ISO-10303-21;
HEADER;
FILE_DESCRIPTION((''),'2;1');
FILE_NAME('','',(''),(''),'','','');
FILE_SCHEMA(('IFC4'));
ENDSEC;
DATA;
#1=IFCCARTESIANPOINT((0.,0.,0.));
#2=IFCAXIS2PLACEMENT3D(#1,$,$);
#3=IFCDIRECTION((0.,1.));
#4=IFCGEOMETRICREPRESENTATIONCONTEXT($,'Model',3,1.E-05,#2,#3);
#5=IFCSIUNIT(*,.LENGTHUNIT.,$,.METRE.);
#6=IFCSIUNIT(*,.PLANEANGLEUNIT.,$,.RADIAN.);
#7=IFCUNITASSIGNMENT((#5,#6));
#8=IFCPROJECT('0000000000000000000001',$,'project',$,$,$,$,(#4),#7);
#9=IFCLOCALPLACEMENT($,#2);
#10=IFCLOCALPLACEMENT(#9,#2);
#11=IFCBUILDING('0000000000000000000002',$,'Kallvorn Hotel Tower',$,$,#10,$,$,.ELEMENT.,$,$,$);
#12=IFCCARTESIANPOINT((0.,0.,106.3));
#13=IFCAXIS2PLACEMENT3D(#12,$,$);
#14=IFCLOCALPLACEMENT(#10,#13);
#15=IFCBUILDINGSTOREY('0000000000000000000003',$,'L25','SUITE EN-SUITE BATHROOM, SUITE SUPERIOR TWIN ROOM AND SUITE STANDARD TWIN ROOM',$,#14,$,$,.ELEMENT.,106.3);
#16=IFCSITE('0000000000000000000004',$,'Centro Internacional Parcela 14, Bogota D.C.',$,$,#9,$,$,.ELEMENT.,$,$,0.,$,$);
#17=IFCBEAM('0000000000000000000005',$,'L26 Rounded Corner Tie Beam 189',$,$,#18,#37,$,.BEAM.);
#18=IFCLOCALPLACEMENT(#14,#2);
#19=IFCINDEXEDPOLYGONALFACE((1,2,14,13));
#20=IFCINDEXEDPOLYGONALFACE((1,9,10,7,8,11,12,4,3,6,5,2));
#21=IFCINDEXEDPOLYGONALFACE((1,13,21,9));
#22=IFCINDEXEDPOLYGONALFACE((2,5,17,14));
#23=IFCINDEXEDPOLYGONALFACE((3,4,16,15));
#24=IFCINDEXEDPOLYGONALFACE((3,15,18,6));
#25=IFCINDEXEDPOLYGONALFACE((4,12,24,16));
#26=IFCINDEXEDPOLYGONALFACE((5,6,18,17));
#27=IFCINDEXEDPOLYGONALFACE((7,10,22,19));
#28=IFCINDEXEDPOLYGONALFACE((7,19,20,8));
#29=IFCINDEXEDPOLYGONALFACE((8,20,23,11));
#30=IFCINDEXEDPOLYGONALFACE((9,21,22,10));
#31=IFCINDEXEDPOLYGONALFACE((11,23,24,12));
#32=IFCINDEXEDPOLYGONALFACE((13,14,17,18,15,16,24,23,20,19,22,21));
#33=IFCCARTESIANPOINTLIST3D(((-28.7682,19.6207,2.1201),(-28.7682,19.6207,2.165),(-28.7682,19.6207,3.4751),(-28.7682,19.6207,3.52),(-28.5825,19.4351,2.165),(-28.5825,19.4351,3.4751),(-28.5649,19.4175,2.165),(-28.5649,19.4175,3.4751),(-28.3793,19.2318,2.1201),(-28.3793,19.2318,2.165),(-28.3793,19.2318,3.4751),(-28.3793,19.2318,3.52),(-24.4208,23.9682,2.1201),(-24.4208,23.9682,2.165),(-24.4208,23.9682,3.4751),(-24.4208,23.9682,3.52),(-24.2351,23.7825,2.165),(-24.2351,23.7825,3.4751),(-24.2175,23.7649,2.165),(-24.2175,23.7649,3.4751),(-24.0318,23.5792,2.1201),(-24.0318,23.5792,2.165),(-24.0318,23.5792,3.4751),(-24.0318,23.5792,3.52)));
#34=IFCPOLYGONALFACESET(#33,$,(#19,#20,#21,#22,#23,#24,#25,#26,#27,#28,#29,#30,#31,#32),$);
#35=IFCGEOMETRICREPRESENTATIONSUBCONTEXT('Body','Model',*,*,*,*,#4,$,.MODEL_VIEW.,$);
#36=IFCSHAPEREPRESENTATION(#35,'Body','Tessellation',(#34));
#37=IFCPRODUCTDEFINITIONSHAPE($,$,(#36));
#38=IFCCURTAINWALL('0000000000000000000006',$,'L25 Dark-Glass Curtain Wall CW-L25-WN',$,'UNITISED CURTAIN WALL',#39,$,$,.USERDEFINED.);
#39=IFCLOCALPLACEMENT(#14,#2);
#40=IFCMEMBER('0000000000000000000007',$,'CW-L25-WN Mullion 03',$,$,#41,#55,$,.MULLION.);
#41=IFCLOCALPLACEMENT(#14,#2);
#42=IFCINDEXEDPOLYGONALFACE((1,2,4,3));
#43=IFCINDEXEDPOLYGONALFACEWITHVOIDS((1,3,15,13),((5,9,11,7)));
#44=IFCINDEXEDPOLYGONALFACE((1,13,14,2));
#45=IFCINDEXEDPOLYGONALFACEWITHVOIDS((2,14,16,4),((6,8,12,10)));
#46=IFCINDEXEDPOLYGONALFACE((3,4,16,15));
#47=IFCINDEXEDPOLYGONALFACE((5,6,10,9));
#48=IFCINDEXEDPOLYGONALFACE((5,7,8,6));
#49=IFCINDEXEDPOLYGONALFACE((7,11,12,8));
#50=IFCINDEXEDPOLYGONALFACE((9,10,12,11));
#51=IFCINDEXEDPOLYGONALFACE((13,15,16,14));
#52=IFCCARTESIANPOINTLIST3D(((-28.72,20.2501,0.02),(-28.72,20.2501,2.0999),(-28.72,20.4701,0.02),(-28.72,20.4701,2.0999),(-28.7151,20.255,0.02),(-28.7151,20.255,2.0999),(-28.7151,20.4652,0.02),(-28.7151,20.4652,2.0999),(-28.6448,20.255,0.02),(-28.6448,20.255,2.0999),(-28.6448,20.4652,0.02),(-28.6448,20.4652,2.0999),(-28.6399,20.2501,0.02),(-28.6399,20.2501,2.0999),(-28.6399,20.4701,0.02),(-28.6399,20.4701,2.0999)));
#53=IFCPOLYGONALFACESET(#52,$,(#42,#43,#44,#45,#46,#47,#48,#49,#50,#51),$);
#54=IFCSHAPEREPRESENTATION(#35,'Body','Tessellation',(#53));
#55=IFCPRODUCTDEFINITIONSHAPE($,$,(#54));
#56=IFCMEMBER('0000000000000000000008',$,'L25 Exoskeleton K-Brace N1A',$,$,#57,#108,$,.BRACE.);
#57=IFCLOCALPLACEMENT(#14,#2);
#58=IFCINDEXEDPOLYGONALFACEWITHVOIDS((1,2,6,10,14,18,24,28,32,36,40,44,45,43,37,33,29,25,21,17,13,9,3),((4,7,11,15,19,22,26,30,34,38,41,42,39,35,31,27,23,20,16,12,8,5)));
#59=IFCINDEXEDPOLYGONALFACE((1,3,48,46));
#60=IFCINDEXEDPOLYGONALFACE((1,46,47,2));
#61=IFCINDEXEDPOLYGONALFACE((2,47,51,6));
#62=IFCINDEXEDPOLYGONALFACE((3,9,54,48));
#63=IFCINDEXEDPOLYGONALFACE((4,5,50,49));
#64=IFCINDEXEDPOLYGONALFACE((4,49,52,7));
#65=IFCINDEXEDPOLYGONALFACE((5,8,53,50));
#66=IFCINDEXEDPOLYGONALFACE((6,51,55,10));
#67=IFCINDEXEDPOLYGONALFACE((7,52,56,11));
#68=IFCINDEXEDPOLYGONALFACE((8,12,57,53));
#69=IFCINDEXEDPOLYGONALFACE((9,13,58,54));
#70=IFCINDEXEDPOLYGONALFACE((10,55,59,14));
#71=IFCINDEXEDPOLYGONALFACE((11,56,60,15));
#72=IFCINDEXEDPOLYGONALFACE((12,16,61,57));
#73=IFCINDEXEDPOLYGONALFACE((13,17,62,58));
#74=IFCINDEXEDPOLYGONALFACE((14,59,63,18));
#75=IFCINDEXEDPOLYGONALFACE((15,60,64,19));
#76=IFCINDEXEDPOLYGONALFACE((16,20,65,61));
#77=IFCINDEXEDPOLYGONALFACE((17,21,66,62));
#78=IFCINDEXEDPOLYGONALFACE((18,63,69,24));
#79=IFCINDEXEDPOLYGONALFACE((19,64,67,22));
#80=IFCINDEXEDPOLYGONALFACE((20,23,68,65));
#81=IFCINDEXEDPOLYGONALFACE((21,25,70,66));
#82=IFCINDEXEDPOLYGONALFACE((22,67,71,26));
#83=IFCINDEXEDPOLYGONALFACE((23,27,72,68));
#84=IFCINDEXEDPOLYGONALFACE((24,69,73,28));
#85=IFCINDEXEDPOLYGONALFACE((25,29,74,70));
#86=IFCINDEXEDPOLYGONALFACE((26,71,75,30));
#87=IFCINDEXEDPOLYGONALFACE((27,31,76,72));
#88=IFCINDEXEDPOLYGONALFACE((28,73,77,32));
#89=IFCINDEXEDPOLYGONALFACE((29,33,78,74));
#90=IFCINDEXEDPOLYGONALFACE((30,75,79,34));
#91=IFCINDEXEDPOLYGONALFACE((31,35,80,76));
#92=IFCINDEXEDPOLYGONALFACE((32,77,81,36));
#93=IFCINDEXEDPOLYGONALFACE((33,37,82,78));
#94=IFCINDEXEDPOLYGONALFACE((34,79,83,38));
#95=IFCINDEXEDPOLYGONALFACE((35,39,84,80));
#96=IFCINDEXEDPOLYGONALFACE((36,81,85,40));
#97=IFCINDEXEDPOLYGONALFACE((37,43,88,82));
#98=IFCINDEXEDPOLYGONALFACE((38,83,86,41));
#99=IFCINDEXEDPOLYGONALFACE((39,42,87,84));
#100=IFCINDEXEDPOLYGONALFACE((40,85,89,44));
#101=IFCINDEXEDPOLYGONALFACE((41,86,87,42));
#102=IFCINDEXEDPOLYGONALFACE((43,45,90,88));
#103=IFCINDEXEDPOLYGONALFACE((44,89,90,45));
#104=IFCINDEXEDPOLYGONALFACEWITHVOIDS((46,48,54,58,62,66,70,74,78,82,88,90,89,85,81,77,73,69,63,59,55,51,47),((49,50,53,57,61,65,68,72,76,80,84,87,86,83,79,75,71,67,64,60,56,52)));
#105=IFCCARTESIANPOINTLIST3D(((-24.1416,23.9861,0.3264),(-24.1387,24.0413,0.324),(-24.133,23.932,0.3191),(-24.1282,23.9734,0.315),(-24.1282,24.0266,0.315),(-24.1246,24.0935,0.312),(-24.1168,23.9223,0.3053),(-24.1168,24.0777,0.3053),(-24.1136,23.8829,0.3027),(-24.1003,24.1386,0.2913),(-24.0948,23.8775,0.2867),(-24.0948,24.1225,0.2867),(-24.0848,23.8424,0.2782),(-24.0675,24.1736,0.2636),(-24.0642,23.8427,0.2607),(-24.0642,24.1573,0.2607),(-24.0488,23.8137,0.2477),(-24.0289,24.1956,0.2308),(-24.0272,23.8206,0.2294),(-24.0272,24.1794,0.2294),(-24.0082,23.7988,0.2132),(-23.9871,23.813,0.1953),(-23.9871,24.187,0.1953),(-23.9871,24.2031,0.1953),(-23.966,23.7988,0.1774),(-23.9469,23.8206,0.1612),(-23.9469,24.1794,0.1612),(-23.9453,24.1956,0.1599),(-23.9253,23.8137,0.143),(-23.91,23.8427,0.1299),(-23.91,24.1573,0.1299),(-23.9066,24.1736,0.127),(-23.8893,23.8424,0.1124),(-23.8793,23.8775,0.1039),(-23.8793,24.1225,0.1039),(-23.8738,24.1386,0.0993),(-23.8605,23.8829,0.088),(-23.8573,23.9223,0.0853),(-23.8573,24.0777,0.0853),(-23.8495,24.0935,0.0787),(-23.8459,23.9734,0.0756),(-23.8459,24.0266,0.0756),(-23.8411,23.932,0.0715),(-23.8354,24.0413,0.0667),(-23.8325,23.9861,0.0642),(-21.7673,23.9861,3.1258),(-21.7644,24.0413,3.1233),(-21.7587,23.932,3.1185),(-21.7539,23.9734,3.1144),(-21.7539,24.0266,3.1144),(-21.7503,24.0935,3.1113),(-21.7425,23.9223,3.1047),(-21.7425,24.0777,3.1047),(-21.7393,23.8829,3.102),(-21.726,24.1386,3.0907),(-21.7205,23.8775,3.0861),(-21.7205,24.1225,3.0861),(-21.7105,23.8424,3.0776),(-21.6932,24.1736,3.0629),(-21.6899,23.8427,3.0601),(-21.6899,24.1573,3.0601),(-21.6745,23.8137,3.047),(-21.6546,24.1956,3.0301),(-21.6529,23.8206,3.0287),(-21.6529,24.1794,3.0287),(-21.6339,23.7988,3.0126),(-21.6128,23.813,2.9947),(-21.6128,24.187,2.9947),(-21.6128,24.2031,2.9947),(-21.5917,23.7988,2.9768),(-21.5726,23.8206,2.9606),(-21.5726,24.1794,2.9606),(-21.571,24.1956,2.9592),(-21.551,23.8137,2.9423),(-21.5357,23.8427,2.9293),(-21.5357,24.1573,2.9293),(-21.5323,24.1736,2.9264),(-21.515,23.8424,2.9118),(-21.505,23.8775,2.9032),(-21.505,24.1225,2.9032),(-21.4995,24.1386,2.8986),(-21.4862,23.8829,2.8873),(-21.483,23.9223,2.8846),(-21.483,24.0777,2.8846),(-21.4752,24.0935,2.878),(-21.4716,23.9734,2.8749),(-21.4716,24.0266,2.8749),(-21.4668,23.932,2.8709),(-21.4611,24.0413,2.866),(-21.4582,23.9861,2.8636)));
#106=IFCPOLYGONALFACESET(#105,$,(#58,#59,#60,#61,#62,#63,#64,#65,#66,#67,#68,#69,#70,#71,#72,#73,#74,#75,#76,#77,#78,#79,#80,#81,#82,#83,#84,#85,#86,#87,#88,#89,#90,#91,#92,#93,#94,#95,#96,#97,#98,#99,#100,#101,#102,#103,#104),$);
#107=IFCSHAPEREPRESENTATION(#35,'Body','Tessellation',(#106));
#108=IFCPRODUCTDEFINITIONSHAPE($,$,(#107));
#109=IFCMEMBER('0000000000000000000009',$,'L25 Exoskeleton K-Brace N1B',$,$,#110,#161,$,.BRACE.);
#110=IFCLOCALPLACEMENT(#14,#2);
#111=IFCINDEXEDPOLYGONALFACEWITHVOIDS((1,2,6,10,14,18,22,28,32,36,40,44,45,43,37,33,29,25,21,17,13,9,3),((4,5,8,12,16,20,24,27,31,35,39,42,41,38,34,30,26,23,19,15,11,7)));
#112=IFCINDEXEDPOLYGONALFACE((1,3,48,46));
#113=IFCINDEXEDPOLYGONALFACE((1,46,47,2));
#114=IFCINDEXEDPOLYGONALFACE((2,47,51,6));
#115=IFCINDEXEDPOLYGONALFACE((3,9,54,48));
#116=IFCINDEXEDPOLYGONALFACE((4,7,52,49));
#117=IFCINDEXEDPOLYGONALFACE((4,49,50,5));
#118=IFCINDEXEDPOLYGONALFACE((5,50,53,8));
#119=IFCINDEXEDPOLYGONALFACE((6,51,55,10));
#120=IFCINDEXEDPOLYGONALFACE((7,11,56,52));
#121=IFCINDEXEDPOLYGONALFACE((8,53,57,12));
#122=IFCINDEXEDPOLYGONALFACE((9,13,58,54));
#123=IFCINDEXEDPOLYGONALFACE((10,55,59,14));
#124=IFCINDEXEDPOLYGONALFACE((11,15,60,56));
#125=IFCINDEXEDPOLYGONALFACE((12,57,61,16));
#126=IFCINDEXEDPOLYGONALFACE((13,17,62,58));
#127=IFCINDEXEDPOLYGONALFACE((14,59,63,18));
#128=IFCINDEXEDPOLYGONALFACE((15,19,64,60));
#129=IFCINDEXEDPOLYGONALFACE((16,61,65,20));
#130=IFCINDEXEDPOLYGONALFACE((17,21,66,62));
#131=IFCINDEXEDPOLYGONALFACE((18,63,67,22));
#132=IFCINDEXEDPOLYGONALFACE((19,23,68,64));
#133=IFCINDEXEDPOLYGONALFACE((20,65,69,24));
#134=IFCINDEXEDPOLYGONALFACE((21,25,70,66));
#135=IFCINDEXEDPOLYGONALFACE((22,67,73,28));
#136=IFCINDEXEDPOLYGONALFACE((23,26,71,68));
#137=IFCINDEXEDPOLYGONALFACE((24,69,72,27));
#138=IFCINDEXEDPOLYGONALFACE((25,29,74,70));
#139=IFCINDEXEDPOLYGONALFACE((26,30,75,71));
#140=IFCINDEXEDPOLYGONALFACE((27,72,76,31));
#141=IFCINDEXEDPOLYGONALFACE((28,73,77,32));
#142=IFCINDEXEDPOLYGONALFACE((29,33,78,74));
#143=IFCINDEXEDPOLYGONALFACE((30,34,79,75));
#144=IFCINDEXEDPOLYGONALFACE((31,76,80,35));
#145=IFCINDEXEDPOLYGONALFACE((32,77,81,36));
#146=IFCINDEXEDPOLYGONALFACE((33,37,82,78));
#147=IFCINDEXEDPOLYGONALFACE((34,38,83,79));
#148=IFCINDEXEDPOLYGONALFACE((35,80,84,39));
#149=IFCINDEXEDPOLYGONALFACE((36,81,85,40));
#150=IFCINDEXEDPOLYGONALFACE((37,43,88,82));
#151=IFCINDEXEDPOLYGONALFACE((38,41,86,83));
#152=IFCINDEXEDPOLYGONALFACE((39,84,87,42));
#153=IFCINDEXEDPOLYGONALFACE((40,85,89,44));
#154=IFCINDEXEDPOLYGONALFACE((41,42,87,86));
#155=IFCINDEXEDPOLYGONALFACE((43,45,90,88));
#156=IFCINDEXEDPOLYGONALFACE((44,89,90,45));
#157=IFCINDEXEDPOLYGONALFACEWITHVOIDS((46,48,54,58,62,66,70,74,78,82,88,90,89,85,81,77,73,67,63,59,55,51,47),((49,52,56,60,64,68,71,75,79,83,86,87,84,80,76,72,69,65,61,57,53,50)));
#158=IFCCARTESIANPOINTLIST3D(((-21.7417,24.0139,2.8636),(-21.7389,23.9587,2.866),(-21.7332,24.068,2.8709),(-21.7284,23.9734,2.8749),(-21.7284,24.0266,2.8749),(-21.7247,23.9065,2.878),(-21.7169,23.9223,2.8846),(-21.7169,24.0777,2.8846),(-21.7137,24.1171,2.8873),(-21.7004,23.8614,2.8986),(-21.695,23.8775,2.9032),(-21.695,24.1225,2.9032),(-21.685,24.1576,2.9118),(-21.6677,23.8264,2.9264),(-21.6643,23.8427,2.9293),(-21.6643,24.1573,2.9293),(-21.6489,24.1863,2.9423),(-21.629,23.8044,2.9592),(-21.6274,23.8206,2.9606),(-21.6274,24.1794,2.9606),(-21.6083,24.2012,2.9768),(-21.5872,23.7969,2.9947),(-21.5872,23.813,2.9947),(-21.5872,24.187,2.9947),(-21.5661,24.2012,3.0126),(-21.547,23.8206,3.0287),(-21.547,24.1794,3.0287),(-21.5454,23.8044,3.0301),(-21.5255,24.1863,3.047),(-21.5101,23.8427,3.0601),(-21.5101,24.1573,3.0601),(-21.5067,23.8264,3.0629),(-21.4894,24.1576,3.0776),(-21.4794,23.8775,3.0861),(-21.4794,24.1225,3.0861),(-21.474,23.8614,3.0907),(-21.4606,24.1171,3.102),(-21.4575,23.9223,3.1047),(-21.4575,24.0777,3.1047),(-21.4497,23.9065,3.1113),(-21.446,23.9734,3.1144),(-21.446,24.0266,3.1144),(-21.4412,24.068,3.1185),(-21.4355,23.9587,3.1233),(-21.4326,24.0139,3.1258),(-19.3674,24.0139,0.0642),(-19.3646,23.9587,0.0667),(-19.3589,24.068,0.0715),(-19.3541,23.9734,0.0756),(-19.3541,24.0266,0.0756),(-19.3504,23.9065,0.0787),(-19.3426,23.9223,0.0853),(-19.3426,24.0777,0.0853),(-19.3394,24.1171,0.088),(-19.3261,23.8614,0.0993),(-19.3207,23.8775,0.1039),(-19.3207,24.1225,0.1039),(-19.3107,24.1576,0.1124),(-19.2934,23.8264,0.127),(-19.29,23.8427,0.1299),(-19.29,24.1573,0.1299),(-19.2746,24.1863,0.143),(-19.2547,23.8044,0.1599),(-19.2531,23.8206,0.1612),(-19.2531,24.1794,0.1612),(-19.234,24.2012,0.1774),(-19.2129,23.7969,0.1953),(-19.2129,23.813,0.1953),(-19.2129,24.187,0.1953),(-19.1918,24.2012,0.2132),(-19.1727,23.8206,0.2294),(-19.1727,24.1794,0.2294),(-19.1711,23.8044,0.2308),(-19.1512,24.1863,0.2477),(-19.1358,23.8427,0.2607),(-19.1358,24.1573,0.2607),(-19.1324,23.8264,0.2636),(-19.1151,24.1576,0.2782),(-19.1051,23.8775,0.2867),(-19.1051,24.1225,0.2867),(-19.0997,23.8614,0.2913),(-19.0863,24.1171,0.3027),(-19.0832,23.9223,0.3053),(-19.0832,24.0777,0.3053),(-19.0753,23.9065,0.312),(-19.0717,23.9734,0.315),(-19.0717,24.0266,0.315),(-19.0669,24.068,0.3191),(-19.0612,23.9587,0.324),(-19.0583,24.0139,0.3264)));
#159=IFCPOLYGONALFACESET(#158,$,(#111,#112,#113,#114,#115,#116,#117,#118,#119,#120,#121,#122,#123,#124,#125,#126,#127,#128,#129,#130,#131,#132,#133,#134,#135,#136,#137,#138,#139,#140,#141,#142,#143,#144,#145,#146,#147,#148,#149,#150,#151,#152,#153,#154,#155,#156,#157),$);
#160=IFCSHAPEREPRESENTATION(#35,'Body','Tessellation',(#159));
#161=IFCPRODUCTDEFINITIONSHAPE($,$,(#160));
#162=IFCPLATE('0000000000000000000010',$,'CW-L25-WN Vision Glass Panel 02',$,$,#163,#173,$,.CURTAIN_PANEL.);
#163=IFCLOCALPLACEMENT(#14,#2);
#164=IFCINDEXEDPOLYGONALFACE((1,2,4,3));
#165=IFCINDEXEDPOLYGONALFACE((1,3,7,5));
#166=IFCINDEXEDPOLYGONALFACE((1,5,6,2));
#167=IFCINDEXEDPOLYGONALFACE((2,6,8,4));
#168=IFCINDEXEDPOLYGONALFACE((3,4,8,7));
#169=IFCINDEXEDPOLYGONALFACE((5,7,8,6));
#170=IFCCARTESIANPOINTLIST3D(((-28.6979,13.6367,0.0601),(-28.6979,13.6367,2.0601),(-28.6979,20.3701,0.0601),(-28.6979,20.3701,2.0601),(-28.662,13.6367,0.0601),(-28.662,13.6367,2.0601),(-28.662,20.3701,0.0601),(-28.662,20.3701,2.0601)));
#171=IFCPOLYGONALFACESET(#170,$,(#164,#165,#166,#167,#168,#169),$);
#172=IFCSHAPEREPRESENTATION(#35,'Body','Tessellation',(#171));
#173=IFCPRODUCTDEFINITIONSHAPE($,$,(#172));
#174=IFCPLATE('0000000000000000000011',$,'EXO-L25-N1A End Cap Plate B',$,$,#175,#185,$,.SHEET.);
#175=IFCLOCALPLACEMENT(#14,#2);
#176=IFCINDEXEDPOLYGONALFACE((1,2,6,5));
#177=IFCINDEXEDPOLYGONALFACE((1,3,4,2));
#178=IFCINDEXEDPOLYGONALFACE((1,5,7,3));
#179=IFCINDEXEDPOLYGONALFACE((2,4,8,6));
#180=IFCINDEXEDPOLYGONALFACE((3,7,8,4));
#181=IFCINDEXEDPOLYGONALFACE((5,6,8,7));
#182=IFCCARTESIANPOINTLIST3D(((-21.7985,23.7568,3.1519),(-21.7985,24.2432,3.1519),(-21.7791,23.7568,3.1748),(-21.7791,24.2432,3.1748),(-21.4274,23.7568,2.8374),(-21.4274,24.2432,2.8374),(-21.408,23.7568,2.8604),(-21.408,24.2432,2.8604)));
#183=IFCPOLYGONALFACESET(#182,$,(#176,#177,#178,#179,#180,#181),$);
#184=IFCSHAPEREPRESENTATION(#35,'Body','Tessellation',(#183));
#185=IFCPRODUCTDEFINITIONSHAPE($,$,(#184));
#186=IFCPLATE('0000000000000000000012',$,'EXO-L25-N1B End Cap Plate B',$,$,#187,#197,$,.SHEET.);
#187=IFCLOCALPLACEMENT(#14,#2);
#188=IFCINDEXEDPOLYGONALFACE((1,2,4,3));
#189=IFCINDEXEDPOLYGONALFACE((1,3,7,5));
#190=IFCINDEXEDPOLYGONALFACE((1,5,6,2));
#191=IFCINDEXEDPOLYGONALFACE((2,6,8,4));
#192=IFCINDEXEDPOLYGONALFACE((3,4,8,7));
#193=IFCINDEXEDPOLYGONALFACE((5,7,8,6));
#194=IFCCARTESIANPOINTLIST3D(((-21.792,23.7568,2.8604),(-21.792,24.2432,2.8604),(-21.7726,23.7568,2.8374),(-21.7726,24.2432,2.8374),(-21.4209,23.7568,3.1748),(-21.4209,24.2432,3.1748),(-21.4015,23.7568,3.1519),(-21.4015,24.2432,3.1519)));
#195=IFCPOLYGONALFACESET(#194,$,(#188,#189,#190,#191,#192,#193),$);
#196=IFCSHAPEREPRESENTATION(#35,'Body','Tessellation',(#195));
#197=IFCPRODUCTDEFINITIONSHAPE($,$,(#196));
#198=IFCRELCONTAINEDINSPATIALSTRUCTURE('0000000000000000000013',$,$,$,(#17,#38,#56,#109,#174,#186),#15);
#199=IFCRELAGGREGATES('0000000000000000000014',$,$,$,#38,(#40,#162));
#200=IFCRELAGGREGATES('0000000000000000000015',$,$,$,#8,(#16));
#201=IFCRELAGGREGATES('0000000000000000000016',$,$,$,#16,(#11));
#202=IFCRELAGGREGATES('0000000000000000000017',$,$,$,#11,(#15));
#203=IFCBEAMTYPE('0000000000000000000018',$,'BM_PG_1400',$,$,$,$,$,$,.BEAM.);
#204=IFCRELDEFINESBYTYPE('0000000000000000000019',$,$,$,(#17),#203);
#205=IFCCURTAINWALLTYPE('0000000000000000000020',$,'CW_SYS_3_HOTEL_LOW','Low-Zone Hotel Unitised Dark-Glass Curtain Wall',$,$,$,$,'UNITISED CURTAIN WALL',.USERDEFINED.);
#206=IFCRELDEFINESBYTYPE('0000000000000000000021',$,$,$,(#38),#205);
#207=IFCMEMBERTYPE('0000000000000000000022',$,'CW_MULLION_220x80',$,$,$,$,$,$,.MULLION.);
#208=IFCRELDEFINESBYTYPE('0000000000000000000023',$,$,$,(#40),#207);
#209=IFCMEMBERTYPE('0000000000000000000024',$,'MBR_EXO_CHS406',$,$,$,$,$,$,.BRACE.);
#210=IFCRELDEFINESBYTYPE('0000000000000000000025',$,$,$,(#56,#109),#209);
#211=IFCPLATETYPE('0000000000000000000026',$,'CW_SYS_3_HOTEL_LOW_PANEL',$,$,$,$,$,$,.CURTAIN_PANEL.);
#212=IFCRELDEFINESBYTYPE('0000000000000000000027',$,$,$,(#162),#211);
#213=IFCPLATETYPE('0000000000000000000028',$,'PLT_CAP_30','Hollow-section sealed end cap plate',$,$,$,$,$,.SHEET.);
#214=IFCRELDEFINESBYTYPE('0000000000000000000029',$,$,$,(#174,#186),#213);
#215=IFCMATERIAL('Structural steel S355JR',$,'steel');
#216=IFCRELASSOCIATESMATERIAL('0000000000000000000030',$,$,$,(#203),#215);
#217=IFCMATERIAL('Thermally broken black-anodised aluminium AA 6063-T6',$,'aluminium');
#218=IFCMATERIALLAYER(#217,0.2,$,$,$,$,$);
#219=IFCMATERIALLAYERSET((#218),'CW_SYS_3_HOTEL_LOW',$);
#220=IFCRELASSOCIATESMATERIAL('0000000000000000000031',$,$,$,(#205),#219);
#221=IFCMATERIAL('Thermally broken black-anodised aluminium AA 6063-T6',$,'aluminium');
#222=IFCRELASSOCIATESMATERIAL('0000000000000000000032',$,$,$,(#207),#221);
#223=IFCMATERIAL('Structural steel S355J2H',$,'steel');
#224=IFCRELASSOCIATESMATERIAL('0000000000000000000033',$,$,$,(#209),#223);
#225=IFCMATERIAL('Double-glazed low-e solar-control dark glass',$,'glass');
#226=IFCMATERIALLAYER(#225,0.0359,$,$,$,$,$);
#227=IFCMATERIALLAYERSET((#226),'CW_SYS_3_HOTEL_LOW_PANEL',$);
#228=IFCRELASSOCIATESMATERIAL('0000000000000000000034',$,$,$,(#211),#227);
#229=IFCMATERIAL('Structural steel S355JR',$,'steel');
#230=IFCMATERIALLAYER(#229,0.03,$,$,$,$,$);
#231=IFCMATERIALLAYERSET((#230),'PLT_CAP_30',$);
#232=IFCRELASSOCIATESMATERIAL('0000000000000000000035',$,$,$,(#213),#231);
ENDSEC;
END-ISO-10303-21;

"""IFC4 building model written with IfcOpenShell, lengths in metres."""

from ifc_helpers import new_model, si_unit, direction, frame, origin, origin_2d, place, context, subcontext, project, spatial, polyline, rectangle, hollow_rectangle, hollow_circle, i_section, outline, extrude, material, layer, layer_set, material_profile, profile_set, type_object, element, aggregate, save


model = new_model("IFC4")

# Units and contexts
model_context = context("Model", 3, precision=1e-05, world=origin(), true_north=direction((0.0, 1.0)))
body_context = subcontext(model_context, "Body", "Model", "MODEL_VIEW")
ifc_project = project(units=[si_unit("LENGTHUNIT", "METRE"), si_unit("PLANEANGLEUNIT", "RADIAN")], contexts=[model_context])

# Site, building, storey
site_placement = place(None, origin())
site = spatial("IfcSite", under=ifc_project, at=site_placement, Name="Centro Internacional Parcela 14, Bogota D.C.", CompositionType="ELEMENT", RefElevation=0.0)
building_placement = place(site_placement, origin())
building = spatial("IfcBuilding", under=site, at=building_placement, Name="Kallvorn Hotel Tower", CompositionType="ELEMENT")
storey_placement = place(building_placement, frame((0.0, 0.0, 106.3)))
storey = spatial("IfcBuildingStorey", under=building, at=storey_placement, Name="L25", Description="SUITE EN-SUITE BATHROOM, SUITE SUPERIOR TWIN ROOM AND SUITE STANDARD TWIN ROOM", CompositionType="ELEMENT", Elevation=106.3)

# Beam
ifc_material_1 = material(Name="Structural steel S355JR", Category="steel")
ifc_material_profile_1 = material_profile(ifc_material_1, i_section(OverallWidth=0.55, OverallDepth=1.3999, WebThickness=0.0249, FlangeThickness=0.0449, at=origin_2d()), Name="PG 1400x550x25x45")
ifc_profile_set_1 = profile_set([ifc_material_profile_1], Name="Structural steel S355JR")
beam_type_1 = type_object("IfcBeamType", Name="BM_PG_1400", PredefinedType="BEAM", material=ifc_profile_set_1)
beam_1_placement = place(storey_placement, frame((-28.5737, 19.4263, 2.8201), z_axis=(0.707107, 0.707107, 0.0), x_axis=(-0.707107, 0.707107, 0.0)))
element("IfcBeam", 1, at=beam_1_placement, inside=storey, type_object=beam_type_1, Name="L26 Rounded Corner Tie Beam 189", PredefinedType="BEAM", context=body_context, shape_type="SweptSolid", body=[
    extrude(i_section(OverallWidth=0.55, OverallDepth=1.3999, WebThickness=0.0249, FlangeThickness=0.0449, at=origin_2d()), origin(), (0.0, 0.0, 1.0), 6.1482),
])

# Curtain wall, member
ifc_material_2 = material(Name="Thermally broken black-anodised aluminium AA 6063-T6", Category="aluminium")
ifc_layer_1 = layer(ifc_material_2, 0.2)
ifc_layer_set_1 = layer_set([ifc_layer_1], Name="CW_SYS_3_HOTEL_LOW")
curtain_wall_type = type_object("IfcCurtainWallType", Name="CW_SYS_3_HOTEL_LOW", Description="Low-Zone Hotel Unitised Dark-Glass Curtain Wall", ElementType="UNITISED CURTAIN WALL", PredefinedType="USERDEFINED", material=ifc_layer_set_1)
curtain_wall_placement = place(storey_placement, origin())
curtain_wall = element("IfcCurtainWall", 2, at=curtain_wall_placement, inside=storey, type_object=curtain_wall_type, Name="L25 Dark-Glass Curtain Wall CW-L25-WN", ObjectType="UNITISED CURTAIN WALL", PredefinedType="USERDEFINED")
ifc_material_3 = material(Name="Thermally broken black-anodised aluminium AA 6063-T6", Category="aluminium")
ifc_material_profile_2 = material_profile(ifc_material_3, hollow_rectangle(XDim=0.0801, YDim=0.22, WallThickness=0.0049, at=origin_2d()), Name="MUL 220x80")
ifc_profile_set_2 = profile_set([ifc_material_profile_2], Name="Thermally broken black-anodised aluminium AA 6063-T6")
member_type_1 = type_object("IfcMemberType", Name="CW_MULLION_220x80", PredefinedType="MULLION", material=ifc_profile_set_2)
member_placement = place(storey_placement, frame((-28.6799, 20.3601, 0.02), z_axis=(0.0, 0.0, 1.0), x_axis=(1.0, 0.0, 0.0)))
member = element("IfcMember", 3, at=member_placement, type_object=member_type_1, Name="CW-L25-WN Mullion 03", PredefinedType="MULLION", context=body_context, shape_type="SweptSolid", body=[
    extrude(hollow_rectangle(XDim=0.0801, YDim=0.22, WallThickness=0.0049, at=origin_2d()), origin(), (0.0, 0.0, 1.0), 2.0798),
])

# Members
ifc_material_4 = material(Name="Structural steel S355J2H", Category="steel")
ifc_material_profile_3 = material_profile(ifc_material_4, hollow_circle(Radius=0.2031, WallThickness=0.0161, at=origin_2d()), Name="CHS 406.4x16")
ifc_profile_set_3 = profile_set([ifc_material_profile_3], Name="Structural steel S355J2H")
member_type_2 = type_object("IfcMemberType", Name="MBR_EXO_CHS406", PredefinedType="BRACE", material=ifc_profile_set_3)
for number, where, z_axis, x_axis, name in (
    (4, (-23.9871, 24.0, 0.1953), (0.646833, 0.0, 0.762631), (0.0, 1.0, 0.0), "L25 Exoskeleton K-Brace N1A"),
    (5, (-19.2129, 24.0, 0.1953), (-0.646833, 0.0, 0.762631), (0.0, -1.0, 0.0), "L25 Exoskeleton K-Brace N1B"),
):
    element("IfcMember", number, at=place(storey_placement, frame(where, z_axis=z_axis, x_axis=x_axis)), inside=storey, type_object=member_type_2, Name=name, PredefinedType="BRACE", context=body_context, shape_type="SweptSolid", body=[
        extrude(hollow_circle(Radius=0.2031, WallThickness=0.0161, at=origin_2d()), origin(), (0.0, 0.0, 1.0), 3.6707),
    ])

# Plate
ifc_material_5 = material(Name="Double-glazed low-e solar-control dark glass", Category="glass")
ifc_layer_2 = layer(ifc_material_5, 0.0359)
ifc_layer_set_2 = layer_set([ifc_layer_2], Name="CW_SYS_3_HOTEL_LOW_PANEL")
plate_type_1 = type_object("IfcPlateType", Name="CW_SYS_3_HOTEL_LOW_PANEL", PredefinedType="CURTAIN_PANEL", material=ifc_layer_set_2)
plate_1_placement = place(storey_placement, frame((-28.6799, 17.0034, 0.0601), z_axis=(0.0, 0.0, 1.0), x_axis=(0.0, 1.0, 0.0)))
plate_1 = element("IfcPlate", 6, at=plate_1_placement, type_object=plate_type_1, Name="CW-L25-WN Vision Glass Panel 02", PredefinedType="CURTAIN_PANEL", context=body_context, shape_type="SweptSolid", body=[
    extrude(rectangle(XDim=6.7334, YDim=0.0359, at=origin_2d()), origin(), (0.0, 0.0, 1.0), 2.0),
])
aggregate(curtain_wall, [member, plate_1])

# Plates
ifc_material_6 = material(Name="Structural steel S355JR", Category="steel")
ifc_layer_3 = layer(ifc_material_6, 0.03)
ifc_layer_set_3 = layer_set([ifc_layer_3], Name="PLT_CAP_30")
plate_type_2 = type_object("IfcPlateType", Name="PLT_CAP_30", Description="Hollow-section sealed end cap plate", PredefinedType="SHEET", material=ifc_layer_set_3)
for number, where, z_axis, x_axis, name in (
    (7, (-21.408, 23.7568, 2.8604), (0.646482, 0.0, 0.762929), (0.0, 1.0, 0.0), "EXO-L25-N1A End Cap Plate B"),
    (8, (-21.792, 24.2432, 2.8604), (-0.646482, 0.0, 0.762929), (0.0, -1.0, 0.0), "EXO-L25-N1B End Cap Plate B"),
):
    element("IfcPlate", number, at=place(storey_placement, frame(where, z_axis=z_axis, x_axis=x_axis)), inside=storey, type_object=plate_type_2, Name=name, PredefinedType="SHEET", context=body_context, shape_type="SweptSolid", body=[
        extrude(outline(polyline([(0.0, 0.0), (0.4863, 0.0), (0.4863, 0.4864), (0.0, 0.4864), (0.0, 0.0)])), origin(), (0.0, 0.0, -1.0), 0.03),
    ])

save(model, "model.ifc")
